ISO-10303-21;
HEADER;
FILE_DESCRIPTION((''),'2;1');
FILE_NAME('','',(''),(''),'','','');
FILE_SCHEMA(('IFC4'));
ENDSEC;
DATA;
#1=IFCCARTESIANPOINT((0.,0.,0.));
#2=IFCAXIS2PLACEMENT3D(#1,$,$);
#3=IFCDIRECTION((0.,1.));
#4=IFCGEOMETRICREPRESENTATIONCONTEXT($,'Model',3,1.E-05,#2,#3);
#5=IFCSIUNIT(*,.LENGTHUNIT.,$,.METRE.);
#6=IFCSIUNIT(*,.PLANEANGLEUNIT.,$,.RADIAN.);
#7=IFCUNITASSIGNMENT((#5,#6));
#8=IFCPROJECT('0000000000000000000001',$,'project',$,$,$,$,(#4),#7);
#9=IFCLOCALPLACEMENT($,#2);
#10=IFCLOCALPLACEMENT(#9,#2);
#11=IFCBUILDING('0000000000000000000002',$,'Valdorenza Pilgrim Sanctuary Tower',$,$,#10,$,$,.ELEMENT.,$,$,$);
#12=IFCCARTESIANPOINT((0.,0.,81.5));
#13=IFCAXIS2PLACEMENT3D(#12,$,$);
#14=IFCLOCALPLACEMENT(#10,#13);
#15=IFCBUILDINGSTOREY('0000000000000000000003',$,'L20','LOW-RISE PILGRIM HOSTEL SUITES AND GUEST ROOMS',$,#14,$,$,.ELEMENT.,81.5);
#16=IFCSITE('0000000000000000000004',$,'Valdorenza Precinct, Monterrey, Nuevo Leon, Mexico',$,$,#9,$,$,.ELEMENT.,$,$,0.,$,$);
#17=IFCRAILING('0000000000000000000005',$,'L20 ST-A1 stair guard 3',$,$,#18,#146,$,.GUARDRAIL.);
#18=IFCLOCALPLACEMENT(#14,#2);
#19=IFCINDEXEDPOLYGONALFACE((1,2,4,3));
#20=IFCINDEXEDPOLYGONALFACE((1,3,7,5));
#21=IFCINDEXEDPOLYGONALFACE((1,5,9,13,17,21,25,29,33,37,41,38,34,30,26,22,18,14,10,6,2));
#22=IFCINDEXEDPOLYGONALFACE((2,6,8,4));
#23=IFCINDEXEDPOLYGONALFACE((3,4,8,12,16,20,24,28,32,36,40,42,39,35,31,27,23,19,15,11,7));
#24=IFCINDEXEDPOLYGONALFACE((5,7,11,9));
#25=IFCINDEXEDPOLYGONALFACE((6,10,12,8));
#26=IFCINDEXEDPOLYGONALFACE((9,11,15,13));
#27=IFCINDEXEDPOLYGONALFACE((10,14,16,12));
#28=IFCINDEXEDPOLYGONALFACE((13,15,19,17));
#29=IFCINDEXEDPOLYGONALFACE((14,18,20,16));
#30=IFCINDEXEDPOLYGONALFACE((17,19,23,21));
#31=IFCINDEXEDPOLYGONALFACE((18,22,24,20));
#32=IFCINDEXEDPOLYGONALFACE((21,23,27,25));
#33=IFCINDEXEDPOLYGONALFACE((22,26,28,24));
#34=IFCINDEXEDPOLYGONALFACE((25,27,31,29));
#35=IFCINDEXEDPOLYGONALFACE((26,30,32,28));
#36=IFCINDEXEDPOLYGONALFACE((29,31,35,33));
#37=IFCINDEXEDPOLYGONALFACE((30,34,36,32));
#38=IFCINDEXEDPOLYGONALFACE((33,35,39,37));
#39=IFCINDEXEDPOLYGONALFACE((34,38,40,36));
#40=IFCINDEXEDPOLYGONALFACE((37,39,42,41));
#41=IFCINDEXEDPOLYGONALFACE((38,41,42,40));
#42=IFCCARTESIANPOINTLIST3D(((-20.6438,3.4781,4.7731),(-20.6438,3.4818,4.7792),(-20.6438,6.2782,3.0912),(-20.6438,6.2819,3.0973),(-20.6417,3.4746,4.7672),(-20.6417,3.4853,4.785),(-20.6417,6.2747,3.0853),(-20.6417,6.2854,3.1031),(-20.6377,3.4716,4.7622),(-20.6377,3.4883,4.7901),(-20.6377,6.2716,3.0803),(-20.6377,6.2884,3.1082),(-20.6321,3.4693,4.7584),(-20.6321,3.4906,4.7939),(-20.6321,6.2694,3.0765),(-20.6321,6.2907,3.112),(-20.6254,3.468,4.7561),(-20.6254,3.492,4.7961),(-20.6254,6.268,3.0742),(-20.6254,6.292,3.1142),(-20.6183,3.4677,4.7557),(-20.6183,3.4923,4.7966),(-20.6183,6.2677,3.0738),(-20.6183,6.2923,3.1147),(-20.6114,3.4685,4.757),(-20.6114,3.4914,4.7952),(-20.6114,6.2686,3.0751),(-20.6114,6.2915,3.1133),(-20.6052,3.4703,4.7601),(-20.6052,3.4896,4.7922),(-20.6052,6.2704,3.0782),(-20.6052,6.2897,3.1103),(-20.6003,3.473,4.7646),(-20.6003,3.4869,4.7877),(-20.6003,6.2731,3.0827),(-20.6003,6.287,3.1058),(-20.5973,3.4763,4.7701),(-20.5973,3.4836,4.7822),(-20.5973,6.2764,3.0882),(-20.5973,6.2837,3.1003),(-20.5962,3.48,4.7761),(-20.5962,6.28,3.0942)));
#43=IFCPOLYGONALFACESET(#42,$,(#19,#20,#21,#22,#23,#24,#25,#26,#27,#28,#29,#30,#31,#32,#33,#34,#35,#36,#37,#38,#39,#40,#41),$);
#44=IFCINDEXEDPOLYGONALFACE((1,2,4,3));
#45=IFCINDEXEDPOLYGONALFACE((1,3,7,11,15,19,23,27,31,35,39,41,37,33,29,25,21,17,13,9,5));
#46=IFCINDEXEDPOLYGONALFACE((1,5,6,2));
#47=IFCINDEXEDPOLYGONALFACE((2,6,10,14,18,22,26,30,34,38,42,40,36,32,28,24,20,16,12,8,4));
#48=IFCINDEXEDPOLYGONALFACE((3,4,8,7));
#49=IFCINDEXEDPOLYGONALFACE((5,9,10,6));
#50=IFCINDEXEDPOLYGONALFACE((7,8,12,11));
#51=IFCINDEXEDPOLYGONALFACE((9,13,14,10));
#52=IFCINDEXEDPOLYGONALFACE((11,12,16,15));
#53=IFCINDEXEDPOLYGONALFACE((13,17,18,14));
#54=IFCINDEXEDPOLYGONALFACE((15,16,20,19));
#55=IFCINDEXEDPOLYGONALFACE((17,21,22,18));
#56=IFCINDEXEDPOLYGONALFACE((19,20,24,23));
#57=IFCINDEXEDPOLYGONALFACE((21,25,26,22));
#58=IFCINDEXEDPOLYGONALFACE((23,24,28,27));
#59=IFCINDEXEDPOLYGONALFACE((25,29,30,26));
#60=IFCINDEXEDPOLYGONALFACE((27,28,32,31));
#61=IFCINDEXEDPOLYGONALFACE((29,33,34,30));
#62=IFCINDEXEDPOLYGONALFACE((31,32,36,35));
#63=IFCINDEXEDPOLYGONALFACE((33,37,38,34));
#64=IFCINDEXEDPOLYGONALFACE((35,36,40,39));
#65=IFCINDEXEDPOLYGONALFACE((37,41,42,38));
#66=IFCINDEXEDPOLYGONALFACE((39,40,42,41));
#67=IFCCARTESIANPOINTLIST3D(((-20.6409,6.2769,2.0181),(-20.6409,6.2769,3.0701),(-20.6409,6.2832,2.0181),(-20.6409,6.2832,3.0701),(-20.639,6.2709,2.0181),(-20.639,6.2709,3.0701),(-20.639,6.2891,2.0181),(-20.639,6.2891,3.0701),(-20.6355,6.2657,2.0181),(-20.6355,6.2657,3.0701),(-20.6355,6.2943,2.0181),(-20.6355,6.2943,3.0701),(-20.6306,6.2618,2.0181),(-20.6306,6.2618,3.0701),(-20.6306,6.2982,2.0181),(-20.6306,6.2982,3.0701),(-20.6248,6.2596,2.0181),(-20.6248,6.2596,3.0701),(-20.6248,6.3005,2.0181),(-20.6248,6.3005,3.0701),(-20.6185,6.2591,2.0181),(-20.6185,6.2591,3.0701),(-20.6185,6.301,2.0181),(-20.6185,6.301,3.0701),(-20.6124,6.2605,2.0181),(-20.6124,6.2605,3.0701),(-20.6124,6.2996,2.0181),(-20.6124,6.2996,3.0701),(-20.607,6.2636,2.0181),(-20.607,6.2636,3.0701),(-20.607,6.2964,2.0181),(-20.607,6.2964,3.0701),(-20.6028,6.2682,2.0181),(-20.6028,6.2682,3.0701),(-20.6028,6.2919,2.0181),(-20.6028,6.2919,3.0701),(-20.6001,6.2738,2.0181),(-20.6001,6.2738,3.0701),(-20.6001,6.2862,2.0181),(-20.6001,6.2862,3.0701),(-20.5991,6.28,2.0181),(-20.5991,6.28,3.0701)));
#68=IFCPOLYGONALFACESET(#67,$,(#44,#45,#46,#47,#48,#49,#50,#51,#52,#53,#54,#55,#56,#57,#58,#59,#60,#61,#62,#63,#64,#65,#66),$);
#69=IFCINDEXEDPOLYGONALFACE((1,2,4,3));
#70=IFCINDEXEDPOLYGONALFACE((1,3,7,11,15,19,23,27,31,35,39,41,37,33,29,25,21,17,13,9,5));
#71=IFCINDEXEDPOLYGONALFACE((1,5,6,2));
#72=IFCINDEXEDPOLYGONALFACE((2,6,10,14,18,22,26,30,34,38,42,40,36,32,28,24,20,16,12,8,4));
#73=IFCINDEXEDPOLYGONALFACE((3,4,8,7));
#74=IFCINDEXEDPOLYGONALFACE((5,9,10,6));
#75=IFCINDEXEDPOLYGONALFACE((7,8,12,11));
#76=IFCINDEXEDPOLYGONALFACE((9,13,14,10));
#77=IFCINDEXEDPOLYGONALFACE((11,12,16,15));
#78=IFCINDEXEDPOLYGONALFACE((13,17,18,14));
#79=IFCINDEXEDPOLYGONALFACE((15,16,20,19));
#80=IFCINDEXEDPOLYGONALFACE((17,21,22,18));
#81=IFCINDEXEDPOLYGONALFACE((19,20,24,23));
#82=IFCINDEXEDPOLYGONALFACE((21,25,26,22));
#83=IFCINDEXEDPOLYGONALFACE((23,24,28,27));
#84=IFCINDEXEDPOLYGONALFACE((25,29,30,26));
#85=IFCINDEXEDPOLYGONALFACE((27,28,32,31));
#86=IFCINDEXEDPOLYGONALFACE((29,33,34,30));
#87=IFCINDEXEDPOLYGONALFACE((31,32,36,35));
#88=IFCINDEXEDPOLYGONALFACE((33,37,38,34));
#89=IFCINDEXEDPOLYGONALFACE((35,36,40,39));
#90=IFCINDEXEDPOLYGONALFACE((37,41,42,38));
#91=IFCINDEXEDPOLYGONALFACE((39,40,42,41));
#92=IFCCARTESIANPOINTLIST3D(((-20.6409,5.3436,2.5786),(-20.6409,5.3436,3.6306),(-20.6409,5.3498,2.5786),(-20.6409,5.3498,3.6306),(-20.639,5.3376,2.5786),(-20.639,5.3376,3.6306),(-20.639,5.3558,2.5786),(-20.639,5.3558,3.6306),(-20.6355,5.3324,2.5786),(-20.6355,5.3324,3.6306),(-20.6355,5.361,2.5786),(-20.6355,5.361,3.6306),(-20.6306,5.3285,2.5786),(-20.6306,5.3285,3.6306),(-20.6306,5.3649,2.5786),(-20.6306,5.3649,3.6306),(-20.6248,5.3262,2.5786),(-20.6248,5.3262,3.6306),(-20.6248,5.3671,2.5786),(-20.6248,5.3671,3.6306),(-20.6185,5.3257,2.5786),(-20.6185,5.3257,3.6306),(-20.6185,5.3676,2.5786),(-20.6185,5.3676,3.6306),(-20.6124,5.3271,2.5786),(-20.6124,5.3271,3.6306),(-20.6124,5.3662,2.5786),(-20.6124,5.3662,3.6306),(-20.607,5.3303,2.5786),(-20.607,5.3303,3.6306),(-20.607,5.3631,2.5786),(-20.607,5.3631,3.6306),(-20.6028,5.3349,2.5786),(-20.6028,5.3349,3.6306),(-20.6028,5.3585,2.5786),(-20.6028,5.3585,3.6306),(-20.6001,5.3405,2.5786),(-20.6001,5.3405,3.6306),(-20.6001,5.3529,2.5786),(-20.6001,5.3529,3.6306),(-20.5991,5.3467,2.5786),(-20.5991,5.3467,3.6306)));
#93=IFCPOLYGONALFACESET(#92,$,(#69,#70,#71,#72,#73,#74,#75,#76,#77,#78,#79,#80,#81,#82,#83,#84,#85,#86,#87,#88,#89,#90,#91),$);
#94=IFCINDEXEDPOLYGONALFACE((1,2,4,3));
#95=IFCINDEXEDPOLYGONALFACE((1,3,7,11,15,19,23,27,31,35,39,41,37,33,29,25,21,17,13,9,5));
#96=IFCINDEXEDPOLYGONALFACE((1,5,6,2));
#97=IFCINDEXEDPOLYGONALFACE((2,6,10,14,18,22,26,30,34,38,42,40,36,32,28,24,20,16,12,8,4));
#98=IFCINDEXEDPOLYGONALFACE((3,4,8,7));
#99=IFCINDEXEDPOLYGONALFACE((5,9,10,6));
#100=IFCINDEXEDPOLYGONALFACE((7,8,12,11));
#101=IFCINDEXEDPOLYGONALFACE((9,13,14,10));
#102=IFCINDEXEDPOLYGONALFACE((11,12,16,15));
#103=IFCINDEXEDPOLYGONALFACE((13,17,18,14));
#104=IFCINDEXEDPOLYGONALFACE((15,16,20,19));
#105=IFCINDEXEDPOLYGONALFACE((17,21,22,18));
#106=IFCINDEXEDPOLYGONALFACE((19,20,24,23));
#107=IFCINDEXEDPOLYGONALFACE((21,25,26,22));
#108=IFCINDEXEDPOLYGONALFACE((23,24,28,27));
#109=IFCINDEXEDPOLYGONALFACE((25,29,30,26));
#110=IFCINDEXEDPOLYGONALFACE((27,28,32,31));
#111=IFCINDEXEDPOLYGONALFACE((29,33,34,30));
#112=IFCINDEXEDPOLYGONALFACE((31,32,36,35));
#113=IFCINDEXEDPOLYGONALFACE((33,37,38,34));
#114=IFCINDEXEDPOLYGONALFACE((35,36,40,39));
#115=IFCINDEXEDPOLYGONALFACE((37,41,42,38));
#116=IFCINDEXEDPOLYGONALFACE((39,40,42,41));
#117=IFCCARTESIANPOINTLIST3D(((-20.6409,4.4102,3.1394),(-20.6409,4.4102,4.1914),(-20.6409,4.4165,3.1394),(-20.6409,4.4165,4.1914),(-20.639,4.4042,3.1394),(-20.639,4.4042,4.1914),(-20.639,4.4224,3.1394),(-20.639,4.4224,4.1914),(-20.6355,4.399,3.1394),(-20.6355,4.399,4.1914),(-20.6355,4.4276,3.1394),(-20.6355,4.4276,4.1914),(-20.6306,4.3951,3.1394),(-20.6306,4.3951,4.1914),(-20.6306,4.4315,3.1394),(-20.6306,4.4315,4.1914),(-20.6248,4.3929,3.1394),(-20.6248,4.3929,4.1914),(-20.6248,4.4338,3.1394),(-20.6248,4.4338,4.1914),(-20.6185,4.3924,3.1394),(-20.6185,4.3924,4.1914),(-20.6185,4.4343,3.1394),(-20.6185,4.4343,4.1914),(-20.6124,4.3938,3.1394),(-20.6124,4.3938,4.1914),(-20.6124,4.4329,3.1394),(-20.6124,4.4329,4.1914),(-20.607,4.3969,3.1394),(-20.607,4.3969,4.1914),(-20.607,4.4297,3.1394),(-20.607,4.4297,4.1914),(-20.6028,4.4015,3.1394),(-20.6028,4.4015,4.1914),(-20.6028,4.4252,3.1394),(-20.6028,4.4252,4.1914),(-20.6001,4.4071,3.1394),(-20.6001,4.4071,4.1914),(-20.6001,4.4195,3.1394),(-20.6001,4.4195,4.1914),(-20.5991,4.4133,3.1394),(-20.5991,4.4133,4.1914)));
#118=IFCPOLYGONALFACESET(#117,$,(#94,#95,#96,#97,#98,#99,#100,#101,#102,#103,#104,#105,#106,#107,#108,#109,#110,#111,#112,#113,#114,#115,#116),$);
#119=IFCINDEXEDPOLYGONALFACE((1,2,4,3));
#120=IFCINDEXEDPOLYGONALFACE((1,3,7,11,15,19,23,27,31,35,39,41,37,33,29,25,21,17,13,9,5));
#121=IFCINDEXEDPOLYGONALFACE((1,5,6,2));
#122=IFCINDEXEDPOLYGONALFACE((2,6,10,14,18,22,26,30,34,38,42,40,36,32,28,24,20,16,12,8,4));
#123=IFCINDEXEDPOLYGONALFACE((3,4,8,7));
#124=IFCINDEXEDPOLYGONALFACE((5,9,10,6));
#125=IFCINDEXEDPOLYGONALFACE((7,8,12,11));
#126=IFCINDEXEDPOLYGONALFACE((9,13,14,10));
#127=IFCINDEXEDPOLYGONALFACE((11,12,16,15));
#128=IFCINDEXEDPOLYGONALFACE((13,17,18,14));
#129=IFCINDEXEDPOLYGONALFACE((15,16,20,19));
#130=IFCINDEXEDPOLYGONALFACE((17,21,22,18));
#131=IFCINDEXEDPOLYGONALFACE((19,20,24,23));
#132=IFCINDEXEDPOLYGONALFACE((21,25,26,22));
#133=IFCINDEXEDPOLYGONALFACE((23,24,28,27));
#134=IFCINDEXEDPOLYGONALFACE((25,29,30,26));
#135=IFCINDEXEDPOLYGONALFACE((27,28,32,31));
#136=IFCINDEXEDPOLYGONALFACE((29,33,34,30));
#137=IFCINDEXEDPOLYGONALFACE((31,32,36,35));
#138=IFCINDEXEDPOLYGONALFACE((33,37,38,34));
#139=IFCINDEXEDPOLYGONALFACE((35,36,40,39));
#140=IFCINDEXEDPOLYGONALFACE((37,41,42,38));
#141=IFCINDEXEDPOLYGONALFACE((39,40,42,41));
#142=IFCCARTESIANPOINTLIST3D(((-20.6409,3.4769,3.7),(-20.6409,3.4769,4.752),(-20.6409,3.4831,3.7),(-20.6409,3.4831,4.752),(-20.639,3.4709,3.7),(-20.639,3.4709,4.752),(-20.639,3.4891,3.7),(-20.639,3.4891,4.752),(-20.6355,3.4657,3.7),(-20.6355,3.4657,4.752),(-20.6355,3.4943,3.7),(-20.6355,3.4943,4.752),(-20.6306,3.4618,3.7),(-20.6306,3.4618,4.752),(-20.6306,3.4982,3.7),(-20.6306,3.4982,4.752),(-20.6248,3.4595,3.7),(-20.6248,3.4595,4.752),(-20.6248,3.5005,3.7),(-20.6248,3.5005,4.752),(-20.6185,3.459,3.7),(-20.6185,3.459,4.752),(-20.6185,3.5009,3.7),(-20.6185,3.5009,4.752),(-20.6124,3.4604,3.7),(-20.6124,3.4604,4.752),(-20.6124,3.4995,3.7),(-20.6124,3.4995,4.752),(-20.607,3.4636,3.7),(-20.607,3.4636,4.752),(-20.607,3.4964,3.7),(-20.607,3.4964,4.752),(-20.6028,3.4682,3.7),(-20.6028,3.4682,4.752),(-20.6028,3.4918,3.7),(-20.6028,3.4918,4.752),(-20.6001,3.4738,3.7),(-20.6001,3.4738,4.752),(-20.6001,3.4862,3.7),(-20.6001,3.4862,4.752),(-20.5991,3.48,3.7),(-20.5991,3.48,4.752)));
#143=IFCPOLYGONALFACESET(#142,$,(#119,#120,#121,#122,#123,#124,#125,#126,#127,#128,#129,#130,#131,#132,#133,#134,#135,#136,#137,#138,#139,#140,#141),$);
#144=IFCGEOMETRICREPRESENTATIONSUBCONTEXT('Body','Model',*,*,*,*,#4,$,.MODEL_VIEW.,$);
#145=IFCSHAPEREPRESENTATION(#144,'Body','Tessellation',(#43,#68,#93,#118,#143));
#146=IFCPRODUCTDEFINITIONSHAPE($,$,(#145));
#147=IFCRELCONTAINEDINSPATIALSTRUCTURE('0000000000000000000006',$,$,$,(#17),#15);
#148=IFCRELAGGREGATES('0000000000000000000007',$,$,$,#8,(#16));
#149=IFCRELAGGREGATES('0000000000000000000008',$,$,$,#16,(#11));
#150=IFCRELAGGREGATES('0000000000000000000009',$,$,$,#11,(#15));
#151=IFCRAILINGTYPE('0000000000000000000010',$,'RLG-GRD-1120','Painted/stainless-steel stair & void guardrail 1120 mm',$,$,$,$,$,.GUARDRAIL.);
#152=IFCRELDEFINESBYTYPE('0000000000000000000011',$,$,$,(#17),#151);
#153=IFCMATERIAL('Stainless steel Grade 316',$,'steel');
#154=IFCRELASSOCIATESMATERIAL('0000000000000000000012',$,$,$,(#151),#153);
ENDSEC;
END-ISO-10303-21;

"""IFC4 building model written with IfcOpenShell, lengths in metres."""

from ifc_helpers import new_model, si_unit, direction, frame, origin, origin_2d, place, context, subcontext, project, spatial, circle, extrude, material, type_object, element, save


model = new_model("IFC4")

# Units and contexts
model_context = context("Model", 3, precision=1e-05, world=origin(), true_north=direction((0.0, 1.0)))
body_context = subcontext(model_context, "Body", "Model", "MODEL_VIEW")
ifc_project = project(units=[si_unit("LENGTHUNIT", "METRE"), si_unit("PLANEANGLEUNIT", "RADIAN")], contexts=[model_context])

# Site, building, storey
site_placement = place(None, origin())
site = spatial("IfcSite", under=ifc_project, at=site_placement, Name="Valdorenza Precinct, Monterrey, Nuevo Leon, Mexico", CompositionType="ELEMENT", RefElevation=0.0)
building_placement = place(site_placement, origin())
building = spatial("IfcBuilding", under=site, at=building_placement, Name="Valdorenza Pilgrim Sanctuary Tower", CompositionType="ELEMENT")
storey_placement = place(building_placement, frame((0.0, 0.0, 81.5)))
storey = spatial("IfcBuildingStorey", under=building, at=storey_placement, Name="L20", Description="LOW-RISE PILGRIM HOSTEL SUITES AND GUEST ROOMS", CompositionType="ELEMENT", Elevation=81.5)

# Railing
ifc_material_1 = material(Name="Stainless steel Grade 316", Category="steel")
railing_type_1 = type_object("IfcRailingType", Name="RLG-GRD-1120", Description="Painted/stainless-steel stair & void guardrail 1120 mm", PredefinedType="GUARDRAIL", material=ifc_material_1)
railing_1_placement = place(storey_placement, frame((-20.6201, 6.28, 2.0181)))
element("IfcRailing", 1, at=railing_1_placement, inside=storey, type_object=railing_type_1, Name="L20 ST-A1 stair guard 3", PredefinedType="GUARDRAIL", context=body_context, shape_type="SweptSolid", body=[
    extrude(circle(Radius=0.0239, at=origin_2d()), frame((0.0, 0.0, 1.0762), z_axis=(0.0, -0.857242, 0.514913), x_axis=(1.0, 0.0, 0.0)), (0.0, 0.0, 1.0), 3.2664),
    extrude(circle(Radius=0.021, at=origin_2d()), origin(), (0.0, 0.0, 1.0), 1.052),
    extrude(circle(Radius=0.021, at=origin_2d()), frame((0.0, -0.9333, 0.5605)), (0.0, 0.0, 1.0), 1.052),
    extrude(circle(Radius=0.021, at=origin_2d()), frame((0.0, -1.8667, 1.1213)), (0.0, 0.0, 1.0), 1.052),
    extrude(circle(Radius=0.021, at=origin_2d()), frame((0.0, -2.8, 1.6819)), (0.0, 0.0, 1.0), 1.052),
])

save(model, "model.ifc")
